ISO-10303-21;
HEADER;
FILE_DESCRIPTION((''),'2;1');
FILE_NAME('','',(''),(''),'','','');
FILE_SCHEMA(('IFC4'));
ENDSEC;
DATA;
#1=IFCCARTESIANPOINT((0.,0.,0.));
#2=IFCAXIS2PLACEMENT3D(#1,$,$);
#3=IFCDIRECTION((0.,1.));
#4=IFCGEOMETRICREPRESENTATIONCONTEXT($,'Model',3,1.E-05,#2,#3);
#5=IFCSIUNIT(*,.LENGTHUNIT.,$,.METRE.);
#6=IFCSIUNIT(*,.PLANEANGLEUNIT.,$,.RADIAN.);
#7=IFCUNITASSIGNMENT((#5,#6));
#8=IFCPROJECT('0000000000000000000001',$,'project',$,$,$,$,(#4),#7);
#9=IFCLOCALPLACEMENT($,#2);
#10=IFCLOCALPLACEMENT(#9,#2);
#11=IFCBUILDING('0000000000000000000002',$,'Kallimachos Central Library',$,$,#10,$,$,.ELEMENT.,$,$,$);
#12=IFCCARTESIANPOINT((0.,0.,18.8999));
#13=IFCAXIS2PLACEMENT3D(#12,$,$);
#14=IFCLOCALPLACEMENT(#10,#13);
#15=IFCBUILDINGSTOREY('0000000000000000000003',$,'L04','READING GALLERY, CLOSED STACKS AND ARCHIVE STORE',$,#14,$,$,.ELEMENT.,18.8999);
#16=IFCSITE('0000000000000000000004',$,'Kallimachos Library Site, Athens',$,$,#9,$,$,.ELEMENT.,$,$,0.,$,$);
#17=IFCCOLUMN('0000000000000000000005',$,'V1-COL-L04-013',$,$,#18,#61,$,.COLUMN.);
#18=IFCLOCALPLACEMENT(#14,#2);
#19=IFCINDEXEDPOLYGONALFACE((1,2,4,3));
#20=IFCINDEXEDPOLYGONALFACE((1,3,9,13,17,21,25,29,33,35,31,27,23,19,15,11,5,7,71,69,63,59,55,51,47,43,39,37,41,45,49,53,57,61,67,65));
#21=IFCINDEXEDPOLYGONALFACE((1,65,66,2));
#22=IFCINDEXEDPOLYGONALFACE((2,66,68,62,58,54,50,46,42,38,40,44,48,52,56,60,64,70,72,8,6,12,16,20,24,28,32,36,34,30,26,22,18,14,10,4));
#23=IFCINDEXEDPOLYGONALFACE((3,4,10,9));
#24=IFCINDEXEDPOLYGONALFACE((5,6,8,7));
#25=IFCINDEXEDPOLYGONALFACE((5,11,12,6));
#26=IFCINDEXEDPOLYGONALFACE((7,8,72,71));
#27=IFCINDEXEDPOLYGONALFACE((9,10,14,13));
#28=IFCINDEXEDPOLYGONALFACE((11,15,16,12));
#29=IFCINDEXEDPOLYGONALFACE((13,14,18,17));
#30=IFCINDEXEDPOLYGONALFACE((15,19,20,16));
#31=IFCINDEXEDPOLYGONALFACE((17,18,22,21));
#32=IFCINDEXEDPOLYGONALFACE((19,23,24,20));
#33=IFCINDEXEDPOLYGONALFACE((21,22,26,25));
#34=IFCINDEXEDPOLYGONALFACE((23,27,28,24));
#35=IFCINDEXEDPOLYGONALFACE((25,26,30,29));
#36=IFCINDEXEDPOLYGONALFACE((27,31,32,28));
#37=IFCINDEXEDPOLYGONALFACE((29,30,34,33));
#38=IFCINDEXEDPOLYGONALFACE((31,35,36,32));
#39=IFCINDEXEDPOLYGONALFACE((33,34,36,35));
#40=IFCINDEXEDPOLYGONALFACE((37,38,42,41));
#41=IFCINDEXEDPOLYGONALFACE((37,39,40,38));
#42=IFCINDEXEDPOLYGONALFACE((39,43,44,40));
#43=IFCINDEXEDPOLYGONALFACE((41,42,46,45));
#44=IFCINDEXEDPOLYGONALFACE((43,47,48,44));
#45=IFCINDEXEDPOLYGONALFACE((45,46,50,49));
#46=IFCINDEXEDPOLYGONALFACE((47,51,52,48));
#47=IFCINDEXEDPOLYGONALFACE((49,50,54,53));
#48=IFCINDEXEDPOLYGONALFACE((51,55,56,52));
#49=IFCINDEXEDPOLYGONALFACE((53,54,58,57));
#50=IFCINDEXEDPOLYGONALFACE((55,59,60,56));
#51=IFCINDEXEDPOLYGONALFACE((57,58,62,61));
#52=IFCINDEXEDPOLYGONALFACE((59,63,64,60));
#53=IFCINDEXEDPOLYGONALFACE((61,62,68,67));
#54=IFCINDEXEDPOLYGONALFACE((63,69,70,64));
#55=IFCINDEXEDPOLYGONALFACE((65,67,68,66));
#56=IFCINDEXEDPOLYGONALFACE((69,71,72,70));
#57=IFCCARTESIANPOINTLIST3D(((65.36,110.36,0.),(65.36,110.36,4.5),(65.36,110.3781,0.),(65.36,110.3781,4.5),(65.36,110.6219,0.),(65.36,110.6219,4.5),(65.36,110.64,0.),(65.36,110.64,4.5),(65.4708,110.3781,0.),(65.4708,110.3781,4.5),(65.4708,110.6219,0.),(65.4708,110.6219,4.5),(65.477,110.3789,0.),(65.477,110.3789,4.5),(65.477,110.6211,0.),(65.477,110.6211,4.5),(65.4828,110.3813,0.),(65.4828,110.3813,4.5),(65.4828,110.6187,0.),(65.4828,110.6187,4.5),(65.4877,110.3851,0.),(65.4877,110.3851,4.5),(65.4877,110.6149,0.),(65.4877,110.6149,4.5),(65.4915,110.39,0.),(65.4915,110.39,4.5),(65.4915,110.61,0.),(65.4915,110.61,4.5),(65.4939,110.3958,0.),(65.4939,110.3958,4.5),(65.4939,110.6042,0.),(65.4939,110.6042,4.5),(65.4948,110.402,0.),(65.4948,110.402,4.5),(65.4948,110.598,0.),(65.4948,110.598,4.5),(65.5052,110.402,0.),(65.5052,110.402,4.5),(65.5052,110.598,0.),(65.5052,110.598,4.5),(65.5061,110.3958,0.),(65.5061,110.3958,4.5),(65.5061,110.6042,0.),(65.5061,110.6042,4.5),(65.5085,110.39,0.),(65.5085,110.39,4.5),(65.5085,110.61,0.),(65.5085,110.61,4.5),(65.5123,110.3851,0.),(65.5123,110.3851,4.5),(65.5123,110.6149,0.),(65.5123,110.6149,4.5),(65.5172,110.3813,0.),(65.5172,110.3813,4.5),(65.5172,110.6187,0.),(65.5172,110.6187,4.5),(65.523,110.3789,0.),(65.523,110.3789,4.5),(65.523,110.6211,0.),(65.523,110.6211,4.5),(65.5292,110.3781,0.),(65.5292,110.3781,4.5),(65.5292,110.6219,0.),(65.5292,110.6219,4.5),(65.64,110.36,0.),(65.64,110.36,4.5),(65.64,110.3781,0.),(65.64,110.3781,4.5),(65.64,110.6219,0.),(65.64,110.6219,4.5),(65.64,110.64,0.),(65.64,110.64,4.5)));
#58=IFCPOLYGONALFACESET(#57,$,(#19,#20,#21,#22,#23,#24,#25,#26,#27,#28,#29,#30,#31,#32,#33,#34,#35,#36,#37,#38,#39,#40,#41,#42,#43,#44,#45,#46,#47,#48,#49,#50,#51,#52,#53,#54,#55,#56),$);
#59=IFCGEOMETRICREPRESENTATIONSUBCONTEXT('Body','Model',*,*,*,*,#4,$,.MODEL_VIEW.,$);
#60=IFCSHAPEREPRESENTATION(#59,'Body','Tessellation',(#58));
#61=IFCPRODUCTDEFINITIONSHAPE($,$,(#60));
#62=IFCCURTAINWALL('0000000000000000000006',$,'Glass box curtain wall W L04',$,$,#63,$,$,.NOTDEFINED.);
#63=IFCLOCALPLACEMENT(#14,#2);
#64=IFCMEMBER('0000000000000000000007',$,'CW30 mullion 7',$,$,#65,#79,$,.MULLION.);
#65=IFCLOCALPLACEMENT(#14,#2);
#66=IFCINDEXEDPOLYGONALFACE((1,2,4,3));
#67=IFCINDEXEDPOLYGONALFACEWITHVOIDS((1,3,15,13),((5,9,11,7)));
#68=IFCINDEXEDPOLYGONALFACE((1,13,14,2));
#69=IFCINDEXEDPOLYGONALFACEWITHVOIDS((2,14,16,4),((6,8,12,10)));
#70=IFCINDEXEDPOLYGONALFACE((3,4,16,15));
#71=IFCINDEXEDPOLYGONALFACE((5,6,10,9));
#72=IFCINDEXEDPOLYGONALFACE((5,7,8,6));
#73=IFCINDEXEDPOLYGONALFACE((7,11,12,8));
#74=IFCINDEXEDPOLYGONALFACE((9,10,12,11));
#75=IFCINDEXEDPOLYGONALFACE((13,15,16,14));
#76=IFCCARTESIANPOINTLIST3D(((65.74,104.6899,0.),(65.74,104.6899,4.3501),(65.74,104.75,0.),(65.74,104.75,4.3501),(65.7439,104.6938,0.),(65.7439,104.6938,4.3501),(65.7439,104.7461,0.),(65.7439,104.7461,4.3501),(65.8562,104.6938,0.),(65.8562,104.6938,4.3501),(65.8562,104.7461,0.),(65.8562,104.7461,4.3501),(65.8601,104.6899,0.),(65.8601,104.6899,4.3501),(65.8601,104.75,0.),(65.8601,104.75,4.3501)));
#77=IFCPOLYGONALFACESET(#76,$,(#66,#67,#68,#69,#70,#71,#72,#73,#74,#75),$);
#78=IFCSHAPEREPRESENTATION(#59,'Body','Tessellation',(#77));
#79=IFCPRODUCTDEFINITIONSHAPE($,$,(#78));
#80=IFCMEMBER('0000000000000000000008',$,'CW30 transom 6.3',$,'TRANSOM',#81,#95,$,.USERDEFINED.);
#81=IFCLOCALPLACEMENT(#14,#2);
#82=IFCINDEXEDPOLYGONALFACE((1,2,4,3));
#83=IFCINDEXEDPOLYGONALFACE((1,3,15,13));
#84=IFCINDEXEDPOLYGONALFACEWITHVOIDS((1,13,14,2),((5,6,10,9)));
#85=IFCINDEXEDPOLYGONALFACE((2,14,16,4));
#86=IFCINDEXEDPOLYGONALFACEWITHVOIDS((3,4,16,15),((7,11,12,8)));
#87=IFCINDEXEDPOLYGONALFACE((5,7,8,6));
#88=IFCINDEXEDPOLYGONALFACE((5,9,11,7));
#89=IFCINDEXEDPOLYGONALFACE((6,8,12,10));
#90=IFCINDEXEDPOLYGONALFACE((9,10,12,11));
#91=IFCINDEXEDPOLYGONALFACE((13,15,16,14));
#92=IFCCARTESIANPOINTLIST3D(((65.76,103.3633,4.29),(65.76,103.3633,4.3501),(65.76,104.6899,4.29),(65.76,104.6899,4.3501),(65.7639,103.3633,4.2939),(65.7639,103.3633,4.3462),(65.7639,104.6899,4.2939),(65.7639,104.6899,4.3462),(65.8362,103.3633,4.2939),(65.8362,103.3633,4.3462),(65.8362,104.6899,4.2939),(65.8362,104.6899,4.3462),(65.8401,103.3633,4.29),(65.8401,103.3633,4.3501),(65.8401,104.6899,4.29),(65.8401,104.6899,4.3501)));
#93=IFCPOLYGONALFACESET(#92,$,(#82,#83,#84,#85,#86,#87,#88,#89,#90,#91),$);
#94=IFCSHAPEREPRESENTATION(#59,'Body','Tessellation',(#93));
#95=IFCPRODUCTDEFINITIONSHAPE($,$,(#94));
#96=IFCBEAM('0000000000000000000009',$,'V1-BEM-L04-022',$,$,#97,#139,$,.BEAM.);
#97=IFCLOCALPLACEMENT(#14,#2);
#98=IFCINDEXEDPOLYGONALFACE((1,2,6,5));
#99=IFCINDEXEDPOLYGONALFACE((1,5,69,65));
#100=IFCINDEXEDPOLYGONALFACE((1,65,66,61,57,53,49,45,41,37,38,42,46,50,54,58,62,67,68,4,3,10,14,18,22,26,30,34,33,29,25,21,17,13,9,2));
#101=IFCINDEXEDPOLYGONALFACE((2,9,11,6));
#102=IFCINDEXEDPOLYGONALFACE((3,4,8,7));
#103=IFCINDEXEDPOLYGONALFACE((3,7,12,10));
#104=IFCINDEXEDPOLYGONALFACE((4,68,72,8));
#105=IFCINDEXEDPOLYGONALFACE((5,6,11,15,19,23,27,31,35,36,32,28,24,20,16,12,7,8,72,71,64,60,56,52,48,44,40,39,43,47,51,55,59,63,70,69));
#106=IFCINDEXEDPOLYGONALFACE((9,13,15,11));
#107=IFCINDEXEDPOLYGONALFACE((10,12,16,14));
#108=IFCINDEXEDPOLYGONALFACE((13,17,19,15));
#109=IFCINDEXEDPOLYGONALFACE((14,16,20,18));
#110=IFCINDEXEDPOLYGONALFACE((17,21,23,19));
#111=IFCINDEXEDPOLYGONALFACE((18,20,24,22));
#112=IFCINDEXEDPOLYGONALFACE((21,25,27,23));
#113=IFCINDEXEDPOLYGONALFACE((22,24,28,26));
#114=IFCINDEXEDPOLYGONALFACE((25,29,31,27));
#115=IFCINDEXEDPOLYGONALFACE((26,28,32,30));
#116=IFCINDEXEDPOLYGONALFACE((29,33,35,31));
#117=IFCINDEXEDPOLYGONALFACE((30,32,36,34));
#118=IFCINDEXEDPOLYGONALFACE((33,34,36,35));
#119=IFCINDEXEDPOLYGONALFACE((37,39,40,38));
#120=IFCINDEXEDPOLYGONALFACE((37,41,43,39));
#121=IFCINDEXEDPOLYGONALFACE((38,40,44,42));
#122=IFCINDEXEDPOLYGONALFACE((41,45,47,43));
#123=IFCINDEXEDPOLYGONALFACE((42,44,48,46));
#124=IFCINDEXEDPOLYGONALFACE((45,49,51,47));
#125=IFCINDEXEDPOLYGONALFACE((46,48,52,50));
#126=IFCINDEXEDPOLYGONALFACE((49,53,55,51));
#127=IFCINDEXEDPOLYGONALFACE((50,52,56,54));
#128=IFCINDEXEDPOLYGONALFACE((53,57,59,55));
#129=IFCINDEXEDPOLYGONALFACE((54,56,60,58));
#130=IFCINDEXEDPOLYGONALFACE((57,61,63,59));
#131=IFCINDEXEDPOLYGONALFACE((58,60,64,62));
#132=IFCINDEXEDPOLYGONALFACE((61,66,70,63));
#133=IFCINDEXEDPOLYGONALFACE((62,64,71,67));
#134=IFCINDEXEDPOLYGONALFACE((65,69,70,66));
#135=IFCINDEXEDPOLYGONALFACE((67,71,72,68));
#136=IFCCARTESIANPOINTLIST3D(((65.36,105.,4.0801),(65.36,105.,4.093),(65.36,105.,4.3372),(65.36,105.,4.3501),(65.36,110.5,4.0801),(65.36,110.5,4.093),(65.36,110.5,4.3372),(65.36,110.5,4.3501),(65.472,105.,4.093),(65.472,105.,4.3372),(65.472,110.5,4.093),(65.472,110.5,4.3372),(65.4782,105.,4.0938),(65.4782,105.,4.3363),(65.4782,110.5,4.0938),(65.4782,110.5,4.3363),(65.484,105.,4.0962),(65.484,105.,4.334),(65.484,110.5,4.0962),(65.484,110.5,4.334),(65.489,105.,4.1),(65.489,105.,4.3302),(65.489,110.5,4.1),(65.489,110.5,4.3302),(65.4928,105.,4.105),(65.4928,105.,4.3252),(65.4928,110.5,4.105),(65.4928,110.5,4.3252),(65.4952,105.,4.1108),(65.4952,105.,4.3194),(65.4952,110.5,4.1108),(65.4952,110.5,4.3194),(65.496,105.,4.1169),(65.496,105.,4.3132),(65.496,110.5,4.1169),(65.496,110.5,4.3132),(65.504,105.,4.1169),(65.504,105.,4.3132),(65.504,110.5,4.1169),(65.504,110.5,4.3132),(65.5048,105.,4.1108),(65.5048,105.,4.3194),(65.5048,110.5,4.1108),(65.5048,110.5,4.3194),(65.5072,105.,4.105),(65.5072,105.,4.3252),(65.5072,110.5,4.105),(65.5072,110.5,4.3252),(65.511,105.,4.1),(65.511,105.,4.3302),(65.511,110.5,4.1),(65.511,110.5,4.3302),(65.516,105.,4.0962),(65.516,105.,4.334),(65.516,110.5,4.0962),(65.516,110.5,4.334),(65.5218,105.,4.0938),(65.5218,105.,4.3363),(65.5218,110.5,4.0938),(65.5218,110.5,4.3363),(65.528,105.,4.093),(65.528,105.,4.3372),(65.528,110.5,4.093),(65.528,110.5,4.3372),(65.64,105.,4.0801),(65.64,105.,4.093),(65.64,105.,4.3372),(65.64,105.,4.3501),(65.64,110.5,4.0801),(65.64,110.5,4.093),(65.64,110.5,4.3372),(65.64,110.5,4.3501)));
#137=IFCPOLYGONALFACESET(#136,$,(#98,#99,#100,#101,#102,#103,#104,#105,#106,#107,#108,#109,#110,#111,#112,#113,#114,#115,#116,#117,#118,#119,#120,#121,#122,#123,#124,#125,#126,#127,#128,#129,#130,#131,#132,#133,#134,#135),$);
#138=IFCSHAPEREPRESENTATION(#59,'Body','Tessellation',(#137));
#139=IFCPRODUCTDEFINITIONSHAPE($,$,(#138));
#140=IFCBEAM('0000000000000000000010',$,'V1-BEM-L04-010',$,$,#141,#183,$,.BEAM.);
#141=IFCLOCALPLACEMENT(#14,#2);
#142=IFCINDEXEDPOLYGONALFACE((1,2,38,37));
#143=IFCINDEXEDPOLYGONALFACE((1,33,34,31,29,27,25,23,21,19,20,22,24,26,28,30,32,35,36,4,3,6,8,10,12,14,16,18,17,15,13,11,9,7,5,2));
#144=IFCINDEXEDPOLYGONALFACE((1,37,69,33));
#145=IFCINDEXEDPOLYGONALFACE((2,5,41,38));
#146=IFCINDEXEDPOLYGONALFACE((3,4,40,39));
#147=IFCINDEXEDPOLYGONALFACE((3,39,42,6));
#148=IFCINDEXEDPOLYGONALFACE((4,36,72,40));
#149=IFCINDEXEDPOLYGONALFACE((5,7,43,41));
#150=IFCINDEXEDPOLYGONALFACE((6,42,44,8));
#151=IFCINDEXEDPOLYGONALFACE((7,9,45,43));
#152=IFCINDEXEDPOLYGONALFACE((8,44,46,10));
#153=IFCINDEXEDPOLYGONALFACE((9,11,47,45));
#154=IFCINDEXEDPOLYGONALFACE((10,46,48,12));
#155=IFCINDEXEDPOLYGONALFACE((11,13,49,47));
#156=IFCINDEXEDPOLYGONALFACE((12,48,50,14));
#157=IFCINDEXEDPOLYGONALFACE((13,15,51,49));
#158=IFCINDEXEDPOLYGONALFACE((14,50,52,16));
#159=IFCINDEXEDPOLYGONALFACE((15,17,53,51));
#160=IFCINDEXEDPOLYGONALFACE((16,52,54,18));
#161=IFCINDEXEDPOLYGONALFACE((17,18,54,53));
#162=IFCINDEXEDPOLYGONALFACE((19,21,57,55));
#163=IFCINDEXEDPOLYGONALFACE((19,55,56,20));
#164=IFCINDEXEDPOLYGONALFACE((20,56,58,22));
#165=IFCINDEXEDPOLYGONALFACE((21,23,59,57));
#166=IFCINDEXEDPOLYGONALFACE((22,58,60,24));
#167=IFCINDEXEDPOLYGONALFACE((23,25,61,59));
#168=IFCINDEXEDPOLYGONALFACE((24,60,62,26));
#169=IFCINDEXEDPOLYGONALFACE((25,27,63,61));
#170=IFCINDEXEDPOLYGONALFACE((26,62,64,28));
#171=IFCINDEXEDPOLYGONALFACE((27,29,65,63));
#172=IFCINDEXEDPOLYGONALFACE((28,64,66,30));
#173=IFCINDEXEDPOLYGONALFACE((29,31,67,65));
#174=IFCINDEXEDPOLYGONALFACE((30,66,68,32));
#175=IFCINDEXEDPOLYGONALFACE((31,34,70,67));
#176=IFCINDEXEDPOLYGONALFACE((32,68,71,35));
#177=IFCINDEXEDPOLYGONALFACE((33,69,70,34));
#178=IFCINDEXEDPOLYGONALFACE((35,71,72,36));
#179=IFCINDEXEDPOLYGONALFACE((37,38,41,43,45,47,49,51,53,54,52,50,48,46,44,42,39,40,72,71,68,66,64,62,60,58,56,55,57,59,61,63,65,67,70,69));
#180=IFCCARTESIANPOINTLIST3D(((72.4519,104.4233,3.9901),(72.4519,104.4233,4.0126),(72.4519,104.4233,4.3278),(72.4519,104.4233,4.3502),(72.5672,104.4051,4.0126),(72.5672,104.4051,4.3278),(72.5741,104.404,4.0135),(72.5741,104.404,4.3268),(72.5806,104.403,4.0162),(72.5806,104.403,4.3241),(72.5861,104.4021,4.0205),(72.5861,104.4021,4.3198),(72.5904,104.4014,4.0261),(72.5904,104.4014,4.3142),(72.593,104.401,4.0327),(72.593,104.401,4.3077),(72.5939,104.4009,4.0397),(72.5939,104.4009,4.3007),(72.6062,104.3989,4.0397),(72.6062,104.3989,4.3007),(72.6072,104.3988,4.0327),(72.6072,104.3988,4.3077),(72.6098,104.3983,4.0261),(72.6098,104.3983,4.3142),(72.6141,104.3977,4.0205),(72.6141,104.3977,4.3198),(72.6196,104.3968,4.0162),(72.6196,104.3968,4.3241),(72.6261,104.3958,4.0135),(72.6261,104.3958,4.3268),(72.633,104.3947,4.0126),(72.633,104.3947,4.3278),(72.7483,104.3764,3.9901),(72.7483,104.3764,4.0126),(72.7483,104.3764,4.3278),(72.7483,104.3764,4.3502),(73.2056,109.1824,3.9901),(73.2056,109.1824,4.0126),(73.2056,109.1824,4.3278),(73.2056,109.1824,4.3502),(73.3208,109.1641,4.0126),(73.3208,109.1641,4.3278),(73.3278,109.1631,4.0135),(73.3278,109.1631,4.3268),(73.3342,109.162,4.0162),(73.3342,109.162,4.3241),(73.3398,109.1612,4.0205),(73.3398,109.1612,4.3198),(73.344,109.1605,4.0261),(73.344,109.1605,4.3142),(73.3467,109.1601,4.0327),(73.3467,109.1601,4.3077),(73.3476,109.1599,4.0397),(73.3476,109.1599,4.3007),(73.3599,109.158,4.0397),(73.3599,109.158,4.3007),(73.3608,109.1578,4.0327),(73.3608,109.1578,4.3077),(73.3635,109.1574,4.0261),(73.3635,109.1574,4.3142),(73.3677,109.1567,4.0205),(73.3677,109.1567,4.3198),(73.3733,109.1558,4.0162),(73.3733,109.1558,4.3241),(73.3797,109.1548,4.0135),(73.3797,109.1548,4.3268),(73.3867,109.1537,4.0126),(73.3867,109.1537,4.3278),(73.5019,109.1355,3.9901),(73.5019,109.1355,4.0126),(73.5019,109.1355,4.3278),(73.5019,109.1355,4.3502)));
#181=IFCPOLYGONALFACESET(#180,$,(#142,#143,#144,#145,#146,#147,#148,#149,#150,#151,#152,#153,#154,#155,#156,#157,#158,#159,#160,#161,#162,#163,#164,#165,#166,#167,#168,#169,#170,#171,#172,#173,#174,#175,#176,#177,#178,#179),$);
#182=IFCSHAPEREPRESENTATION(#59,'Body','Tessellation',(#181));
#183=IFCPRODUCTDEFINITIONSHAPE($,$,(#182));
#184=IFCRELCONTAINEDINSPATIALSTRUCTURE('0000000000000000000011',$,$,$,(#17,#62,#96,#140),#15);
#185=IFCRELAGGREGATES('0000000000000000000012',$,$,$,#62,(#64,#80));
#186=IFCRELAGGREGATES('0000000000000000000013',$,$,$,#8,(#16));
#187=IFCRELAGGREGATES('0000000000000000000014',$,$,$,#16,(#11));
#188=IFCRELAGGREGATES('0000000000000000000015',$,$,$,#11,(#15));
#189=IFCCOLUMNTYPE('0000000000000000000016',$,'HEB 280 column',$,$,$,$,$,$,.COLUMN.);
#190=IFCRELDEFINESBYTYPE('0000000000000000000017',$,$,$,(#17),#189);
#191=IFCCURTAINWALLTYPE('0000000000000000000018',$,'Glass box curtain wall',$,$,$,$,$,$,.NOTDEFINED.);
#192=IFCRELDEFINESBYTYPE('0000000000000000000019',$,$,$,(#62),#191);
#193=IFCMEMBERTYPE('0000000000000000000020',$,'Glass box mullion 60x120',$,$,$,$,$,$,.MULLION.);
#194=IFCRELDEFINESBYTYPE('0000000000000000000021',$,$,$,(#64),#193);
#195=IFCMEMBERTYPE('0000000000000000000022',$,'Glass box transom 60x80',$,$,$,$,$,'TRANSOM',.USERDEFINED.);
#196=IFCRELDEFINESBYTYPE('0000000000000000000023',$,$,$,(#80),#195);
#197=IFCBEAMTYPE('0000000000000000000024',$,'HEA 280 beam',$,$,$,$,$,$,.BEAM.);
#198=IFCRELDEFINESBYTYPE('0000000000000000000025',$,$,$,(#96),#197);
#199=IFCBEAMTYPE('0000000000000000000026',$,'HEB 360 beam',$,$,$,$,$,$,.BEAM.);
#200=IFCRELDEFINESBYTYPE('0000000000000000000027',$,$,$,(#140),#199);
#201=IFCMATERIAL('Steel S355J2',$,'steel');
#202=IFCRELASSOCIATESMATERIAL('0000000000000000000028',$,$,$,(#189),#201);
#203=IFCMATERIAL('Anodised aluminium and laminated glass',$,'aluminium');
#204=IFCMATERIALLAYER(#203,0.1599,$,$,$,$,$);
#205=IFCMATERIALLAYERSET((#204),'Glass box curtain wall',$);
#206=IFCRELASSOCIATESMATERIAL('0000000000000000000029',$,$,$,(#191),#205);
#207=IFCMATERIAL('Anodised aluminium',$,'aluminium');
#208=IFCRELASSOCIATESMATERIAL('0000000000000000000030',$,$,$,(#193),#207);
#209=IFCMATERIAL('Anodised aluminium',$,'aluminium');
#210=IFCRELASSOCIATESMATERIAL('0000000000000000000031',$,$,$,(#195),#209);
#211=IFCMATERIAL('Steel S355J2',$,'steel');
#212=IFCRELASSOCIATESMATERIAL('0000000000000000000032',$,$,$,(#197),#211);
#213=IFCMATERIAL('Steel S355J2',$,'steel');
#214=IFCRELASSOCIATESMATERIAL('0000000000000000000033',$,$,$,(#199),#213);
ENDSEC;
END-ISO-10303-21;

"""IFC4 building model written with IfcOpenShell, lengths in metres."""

from ifc_helpers import new_model, si_unit, direction, frame, origin, origin_2d, place, context, subcontext, project, spatial, hollow_rectangle, i_section, extrude, material, layer, layer_set, material_profile, profile_set, type_object, element, aggregate, save


model = new_model("IFC4")

# Units and contexts
model_context = context("Model", 3, precision=1e-05, world=origin(), true_north=direction((0.0, 1.0)))
body_context = subcontext(model_context, "Body", "Model", "MODEL_VIEW")
ifc_project = project(units=[si_unit("LENGTHUNIT", "METRE"), si_unit("PLANEANGLEUNIT", "RADIAN")], contexts=[model_context])

# Site, building, storey
site_placement = place(None, origin())
site = spatial("IfcSite", under=ifc_project, at=site_placement, Name="Kallimachos Library Site, Athens", CompositionType="ELEMENT", RefElevation=0.0)
building_placement = place(site_placement, origin())
building = spatial("IfcBuilding", under=site, at=building_placement, Name="Kallimachos Central Library", CompositionType="ELEMENT")
storey_placement = place(building_placement, frame((0.0, 0.0, 18.8999)))
storey = spatial("IfcBuildingStorey", under=building, at=storey_placement, Name="L04", Description="READING GALLERY, CLOSED STACKS AND ARCHIVE STORE", CompositionType="ELEMENT", Elevation=18.8999)

# Column
ifc_material_1 = material(Name="Steel S355J2", Category="steel")
ifc_material_profile_1 = material_profile(ifc_material_1, i_section(OverallWidth=0.28, OverallDepth=0.28, WebThickness=0.0105, FlangeThickness=0.0181, FilletRadius=0.0239, at=origin_2d()), Name="HEB 280")
ifc_profile_set_1 = profile_set([ifc_material_profile_1], Name="Steel S355J2")
column_type_1 = type_object("IfcColumnType", Name="HEB 280 column", PredefinedType="COLUMN", material=ifc_profile_set_1)
for number, where, z_axis, x_axis, name in (
    (1, (65.5, 110.5, 0.0), (0.0, 0.0, 1.0), (1.0, 0.0, 0.0), "V1-COL-L04-013"),
):
    element("IfcColumn", number, at=place(storey_placement, frame(where, z_axis=z_axis, x_axis=x_axis)), inside=storey, type_object=column_type_1, Name=name, PredefinedType="COLUMN", context=body_context, shape_type="SweptSolid", body=[
        extrude(i_section(OverallWidth=0.28, OverallDepth=0.28, WebThickness=0.0105, FlangeThickness=0.0181, FilletRadius=0.0239, at=origin_2d()), origin(), (0.0, 0.0, 1.0), 4.5),
    ])

# Curtain wall, members
ifc_material_2 = material(Name="Anodised aluminium and laminated glass", Category="aluminium")
ifc_layer_1 = layer(ifc_material_2, 0.1599)
ifc_layer_set_1 = layer_set([ifc_layer_1], Name="Glass box curtain wall")
curtain_wall_type = type_object("IfcCurtainWallType", Name="Glass box curtain wall", PredefinedType="NOTDEFINED", material=ifc_layer_set_1)
curtain_wall_placement = place(storey_placement, origin())
curtain_wall = element("IfcCurtainWall", 2, at=curtain_wall_placement, inside=storey, type_object=curtain_wall_type, Name="Glass box curtain wall W L04", PredefinedType="NOTDEFINED")
ifc_material_3 = material(Name="Anodised aluminium", Category="aluminium")
ifc_material_profile_2 = material_profile(ifc_material_3, hollow_rectangle(XDim=0.0601, YDim=0.1201, WallThickness=0.0039, at=origin_2d()), Name="ALU MULLION 60x120")
ifc_profile_set_2 = profile_set([ifc_material_profile_2], Name="Anodised aluminium")
member_type_1 = type_object("IfcMemberType", Name="Glass box mullion 60x120", PredefinedType="MULLION", material=ifc_profile_set_2)
member_1_placement = place(storey_placement, frame((65.8, 104.72, 0.0), z_axis=(0.0, 0.0, 1.0), x_axis=(0.0, 1.0, 0.0)))
member_1 = element("IfcMember", 3, at=member_1_placement, type_object=member_type_1, Name="CW30 mullion 7", PredefinedType="MULLION", context=body_context, shape_type="SweptSolid", body=[
    extrude(hollow_rectangle(XDim=0.0601, YDim=0.1201, WallThickness=0.0039, at=origin_2d()), origin(), (0.0, 0.0, 1.0), 4.3501),
])
ifc_material_4 = material(Name="Anodised aluminium", Category="aluminium")
ifc_material_profile_3 = material_profile(ifc_material_4, hollow_rectangle(XDim=0.0601, YDim=0.0801, WallThickness=0.0039, at=origin_2d()), Name="ALU TRANSOM 60x80")
ifc_profile_set_3 = profile_set([ifc_material_profile_3], Name="Anodised aluminium")
member_type_2 = type_object("IfcMemberType", Name="Glass box transom 60x80", ElementType="TRANSOM", PredefinedType="USERDEFINED", material=ifc_profile_set_3)
member_2_placement = place(storey_placement, frame((65.8, 103.3633, 4.3201), z_axis=(0.0, 1.0, 0.0), x_axis=(0.0, 0.0, 1.0)))
member_2 = element("IfcMember", 4, at=member_2_placement, type_object=member_type_2, Name="CW30 transom 6.3", ObjectType="TRANSOM", PredefinedType="USERDEFINED", context=body_context, shape_type="SweptSolid", body=[
    extrude(hollow_rectangle(XDim=0.0601, YDim=0.0801, WallThickness=0.0039, at=origin_2d()), origin(), (0.0, 0.0, 1.0), 1.3267),
])

# Beams
ifc_material_5 = material(Name="Steel S355J2", Category="steel")
ifc_material_profile_4 = material_profile(ifc_material_5, i_section(OverallWidth=0.28, OverallDepth=0.27, WebThickness=0.0081, FlangeThickness=0.0129, FilletRadius=0.0239, at=origin_2d()), Name="HEA 280")
ifc_profile_set_4 = profile_set([ifc_material_profile_4], Name="Steel S355J2")
beam_type_1 = type_object("IfcBeamType", Name="HEA 280 beam", PredefinedType="BEAM", material=ifc_profile_set_4)
beam_1_placement = place(storey_placement, frame((65.5, 105.0, 4.2151), z_axis=(0.0, 1.0, 0.0), x_axis=(-1.0, 0.0, 0.0)))
element("IfcBeam", 5, at=beam_1_placement, inside=storey, type_object=beam_type_1, Name="V1-BEM-L04-022", PredefinedType="BEAM", context=body_context, shape_type="SweptSolid", body=[
    extrude(i_section(OverallWidth=0.28, OverallDepth=0.27, WebThickness=0.0081, FlangeThickness=0.0129, FilletRadius=0.0239, at=origin_2d()), origin(), (0.0, 0.0, 1.0), 5.5),
])
ifc_material_6 = material(Name="Steel S355J2", Category="steel")
ifc_material_profile_5 = material_profile(ifc_material_6, i_section(OverallWidth=0.3, OverallDepth=0.3601, WebThickness=0.0125, FlangeThickness=0.0225, FilletRadius=0.0271, at=origin_2d()), Name="HEB 360")
ifc_profile_set_5 = profile_set([ifc_material_profile_5], Name="Steel S355J2")
beam_type_2 = type_object("IfcBeamType", Name="HEB 360 beam", PredefinedType="BEAM", material=ifc_profile_set_5)
beam_2_placement = place(storey_placement, frame((73.3538, 109.1589, 4.1702), z_axis=(-0.156415, -0.987691, 0.0), x_axis=(0.987691, -0.156415, 0.0)))
element("IfcBeam", 6, at=beam_2_placement, inside=storey, type_object=beam_type_2, Name="V1-BEM-L04-010", PredefinedType="BEAM", context=body_context, shape_type="SweptSolid", body=[
    extrude(i_section(OverallWidth=0.3, OverallDepth=0.3601, WebThickness=0.0125, FlangeThickness=0.0225, FilletRadius=0.0271, at=origin_2d()), origin(), (0.0, 0.0, 1.0), 4.8184),
])

aggregate(curtain_wall, [member_1, member_2])

save(model, "model.ifc")
